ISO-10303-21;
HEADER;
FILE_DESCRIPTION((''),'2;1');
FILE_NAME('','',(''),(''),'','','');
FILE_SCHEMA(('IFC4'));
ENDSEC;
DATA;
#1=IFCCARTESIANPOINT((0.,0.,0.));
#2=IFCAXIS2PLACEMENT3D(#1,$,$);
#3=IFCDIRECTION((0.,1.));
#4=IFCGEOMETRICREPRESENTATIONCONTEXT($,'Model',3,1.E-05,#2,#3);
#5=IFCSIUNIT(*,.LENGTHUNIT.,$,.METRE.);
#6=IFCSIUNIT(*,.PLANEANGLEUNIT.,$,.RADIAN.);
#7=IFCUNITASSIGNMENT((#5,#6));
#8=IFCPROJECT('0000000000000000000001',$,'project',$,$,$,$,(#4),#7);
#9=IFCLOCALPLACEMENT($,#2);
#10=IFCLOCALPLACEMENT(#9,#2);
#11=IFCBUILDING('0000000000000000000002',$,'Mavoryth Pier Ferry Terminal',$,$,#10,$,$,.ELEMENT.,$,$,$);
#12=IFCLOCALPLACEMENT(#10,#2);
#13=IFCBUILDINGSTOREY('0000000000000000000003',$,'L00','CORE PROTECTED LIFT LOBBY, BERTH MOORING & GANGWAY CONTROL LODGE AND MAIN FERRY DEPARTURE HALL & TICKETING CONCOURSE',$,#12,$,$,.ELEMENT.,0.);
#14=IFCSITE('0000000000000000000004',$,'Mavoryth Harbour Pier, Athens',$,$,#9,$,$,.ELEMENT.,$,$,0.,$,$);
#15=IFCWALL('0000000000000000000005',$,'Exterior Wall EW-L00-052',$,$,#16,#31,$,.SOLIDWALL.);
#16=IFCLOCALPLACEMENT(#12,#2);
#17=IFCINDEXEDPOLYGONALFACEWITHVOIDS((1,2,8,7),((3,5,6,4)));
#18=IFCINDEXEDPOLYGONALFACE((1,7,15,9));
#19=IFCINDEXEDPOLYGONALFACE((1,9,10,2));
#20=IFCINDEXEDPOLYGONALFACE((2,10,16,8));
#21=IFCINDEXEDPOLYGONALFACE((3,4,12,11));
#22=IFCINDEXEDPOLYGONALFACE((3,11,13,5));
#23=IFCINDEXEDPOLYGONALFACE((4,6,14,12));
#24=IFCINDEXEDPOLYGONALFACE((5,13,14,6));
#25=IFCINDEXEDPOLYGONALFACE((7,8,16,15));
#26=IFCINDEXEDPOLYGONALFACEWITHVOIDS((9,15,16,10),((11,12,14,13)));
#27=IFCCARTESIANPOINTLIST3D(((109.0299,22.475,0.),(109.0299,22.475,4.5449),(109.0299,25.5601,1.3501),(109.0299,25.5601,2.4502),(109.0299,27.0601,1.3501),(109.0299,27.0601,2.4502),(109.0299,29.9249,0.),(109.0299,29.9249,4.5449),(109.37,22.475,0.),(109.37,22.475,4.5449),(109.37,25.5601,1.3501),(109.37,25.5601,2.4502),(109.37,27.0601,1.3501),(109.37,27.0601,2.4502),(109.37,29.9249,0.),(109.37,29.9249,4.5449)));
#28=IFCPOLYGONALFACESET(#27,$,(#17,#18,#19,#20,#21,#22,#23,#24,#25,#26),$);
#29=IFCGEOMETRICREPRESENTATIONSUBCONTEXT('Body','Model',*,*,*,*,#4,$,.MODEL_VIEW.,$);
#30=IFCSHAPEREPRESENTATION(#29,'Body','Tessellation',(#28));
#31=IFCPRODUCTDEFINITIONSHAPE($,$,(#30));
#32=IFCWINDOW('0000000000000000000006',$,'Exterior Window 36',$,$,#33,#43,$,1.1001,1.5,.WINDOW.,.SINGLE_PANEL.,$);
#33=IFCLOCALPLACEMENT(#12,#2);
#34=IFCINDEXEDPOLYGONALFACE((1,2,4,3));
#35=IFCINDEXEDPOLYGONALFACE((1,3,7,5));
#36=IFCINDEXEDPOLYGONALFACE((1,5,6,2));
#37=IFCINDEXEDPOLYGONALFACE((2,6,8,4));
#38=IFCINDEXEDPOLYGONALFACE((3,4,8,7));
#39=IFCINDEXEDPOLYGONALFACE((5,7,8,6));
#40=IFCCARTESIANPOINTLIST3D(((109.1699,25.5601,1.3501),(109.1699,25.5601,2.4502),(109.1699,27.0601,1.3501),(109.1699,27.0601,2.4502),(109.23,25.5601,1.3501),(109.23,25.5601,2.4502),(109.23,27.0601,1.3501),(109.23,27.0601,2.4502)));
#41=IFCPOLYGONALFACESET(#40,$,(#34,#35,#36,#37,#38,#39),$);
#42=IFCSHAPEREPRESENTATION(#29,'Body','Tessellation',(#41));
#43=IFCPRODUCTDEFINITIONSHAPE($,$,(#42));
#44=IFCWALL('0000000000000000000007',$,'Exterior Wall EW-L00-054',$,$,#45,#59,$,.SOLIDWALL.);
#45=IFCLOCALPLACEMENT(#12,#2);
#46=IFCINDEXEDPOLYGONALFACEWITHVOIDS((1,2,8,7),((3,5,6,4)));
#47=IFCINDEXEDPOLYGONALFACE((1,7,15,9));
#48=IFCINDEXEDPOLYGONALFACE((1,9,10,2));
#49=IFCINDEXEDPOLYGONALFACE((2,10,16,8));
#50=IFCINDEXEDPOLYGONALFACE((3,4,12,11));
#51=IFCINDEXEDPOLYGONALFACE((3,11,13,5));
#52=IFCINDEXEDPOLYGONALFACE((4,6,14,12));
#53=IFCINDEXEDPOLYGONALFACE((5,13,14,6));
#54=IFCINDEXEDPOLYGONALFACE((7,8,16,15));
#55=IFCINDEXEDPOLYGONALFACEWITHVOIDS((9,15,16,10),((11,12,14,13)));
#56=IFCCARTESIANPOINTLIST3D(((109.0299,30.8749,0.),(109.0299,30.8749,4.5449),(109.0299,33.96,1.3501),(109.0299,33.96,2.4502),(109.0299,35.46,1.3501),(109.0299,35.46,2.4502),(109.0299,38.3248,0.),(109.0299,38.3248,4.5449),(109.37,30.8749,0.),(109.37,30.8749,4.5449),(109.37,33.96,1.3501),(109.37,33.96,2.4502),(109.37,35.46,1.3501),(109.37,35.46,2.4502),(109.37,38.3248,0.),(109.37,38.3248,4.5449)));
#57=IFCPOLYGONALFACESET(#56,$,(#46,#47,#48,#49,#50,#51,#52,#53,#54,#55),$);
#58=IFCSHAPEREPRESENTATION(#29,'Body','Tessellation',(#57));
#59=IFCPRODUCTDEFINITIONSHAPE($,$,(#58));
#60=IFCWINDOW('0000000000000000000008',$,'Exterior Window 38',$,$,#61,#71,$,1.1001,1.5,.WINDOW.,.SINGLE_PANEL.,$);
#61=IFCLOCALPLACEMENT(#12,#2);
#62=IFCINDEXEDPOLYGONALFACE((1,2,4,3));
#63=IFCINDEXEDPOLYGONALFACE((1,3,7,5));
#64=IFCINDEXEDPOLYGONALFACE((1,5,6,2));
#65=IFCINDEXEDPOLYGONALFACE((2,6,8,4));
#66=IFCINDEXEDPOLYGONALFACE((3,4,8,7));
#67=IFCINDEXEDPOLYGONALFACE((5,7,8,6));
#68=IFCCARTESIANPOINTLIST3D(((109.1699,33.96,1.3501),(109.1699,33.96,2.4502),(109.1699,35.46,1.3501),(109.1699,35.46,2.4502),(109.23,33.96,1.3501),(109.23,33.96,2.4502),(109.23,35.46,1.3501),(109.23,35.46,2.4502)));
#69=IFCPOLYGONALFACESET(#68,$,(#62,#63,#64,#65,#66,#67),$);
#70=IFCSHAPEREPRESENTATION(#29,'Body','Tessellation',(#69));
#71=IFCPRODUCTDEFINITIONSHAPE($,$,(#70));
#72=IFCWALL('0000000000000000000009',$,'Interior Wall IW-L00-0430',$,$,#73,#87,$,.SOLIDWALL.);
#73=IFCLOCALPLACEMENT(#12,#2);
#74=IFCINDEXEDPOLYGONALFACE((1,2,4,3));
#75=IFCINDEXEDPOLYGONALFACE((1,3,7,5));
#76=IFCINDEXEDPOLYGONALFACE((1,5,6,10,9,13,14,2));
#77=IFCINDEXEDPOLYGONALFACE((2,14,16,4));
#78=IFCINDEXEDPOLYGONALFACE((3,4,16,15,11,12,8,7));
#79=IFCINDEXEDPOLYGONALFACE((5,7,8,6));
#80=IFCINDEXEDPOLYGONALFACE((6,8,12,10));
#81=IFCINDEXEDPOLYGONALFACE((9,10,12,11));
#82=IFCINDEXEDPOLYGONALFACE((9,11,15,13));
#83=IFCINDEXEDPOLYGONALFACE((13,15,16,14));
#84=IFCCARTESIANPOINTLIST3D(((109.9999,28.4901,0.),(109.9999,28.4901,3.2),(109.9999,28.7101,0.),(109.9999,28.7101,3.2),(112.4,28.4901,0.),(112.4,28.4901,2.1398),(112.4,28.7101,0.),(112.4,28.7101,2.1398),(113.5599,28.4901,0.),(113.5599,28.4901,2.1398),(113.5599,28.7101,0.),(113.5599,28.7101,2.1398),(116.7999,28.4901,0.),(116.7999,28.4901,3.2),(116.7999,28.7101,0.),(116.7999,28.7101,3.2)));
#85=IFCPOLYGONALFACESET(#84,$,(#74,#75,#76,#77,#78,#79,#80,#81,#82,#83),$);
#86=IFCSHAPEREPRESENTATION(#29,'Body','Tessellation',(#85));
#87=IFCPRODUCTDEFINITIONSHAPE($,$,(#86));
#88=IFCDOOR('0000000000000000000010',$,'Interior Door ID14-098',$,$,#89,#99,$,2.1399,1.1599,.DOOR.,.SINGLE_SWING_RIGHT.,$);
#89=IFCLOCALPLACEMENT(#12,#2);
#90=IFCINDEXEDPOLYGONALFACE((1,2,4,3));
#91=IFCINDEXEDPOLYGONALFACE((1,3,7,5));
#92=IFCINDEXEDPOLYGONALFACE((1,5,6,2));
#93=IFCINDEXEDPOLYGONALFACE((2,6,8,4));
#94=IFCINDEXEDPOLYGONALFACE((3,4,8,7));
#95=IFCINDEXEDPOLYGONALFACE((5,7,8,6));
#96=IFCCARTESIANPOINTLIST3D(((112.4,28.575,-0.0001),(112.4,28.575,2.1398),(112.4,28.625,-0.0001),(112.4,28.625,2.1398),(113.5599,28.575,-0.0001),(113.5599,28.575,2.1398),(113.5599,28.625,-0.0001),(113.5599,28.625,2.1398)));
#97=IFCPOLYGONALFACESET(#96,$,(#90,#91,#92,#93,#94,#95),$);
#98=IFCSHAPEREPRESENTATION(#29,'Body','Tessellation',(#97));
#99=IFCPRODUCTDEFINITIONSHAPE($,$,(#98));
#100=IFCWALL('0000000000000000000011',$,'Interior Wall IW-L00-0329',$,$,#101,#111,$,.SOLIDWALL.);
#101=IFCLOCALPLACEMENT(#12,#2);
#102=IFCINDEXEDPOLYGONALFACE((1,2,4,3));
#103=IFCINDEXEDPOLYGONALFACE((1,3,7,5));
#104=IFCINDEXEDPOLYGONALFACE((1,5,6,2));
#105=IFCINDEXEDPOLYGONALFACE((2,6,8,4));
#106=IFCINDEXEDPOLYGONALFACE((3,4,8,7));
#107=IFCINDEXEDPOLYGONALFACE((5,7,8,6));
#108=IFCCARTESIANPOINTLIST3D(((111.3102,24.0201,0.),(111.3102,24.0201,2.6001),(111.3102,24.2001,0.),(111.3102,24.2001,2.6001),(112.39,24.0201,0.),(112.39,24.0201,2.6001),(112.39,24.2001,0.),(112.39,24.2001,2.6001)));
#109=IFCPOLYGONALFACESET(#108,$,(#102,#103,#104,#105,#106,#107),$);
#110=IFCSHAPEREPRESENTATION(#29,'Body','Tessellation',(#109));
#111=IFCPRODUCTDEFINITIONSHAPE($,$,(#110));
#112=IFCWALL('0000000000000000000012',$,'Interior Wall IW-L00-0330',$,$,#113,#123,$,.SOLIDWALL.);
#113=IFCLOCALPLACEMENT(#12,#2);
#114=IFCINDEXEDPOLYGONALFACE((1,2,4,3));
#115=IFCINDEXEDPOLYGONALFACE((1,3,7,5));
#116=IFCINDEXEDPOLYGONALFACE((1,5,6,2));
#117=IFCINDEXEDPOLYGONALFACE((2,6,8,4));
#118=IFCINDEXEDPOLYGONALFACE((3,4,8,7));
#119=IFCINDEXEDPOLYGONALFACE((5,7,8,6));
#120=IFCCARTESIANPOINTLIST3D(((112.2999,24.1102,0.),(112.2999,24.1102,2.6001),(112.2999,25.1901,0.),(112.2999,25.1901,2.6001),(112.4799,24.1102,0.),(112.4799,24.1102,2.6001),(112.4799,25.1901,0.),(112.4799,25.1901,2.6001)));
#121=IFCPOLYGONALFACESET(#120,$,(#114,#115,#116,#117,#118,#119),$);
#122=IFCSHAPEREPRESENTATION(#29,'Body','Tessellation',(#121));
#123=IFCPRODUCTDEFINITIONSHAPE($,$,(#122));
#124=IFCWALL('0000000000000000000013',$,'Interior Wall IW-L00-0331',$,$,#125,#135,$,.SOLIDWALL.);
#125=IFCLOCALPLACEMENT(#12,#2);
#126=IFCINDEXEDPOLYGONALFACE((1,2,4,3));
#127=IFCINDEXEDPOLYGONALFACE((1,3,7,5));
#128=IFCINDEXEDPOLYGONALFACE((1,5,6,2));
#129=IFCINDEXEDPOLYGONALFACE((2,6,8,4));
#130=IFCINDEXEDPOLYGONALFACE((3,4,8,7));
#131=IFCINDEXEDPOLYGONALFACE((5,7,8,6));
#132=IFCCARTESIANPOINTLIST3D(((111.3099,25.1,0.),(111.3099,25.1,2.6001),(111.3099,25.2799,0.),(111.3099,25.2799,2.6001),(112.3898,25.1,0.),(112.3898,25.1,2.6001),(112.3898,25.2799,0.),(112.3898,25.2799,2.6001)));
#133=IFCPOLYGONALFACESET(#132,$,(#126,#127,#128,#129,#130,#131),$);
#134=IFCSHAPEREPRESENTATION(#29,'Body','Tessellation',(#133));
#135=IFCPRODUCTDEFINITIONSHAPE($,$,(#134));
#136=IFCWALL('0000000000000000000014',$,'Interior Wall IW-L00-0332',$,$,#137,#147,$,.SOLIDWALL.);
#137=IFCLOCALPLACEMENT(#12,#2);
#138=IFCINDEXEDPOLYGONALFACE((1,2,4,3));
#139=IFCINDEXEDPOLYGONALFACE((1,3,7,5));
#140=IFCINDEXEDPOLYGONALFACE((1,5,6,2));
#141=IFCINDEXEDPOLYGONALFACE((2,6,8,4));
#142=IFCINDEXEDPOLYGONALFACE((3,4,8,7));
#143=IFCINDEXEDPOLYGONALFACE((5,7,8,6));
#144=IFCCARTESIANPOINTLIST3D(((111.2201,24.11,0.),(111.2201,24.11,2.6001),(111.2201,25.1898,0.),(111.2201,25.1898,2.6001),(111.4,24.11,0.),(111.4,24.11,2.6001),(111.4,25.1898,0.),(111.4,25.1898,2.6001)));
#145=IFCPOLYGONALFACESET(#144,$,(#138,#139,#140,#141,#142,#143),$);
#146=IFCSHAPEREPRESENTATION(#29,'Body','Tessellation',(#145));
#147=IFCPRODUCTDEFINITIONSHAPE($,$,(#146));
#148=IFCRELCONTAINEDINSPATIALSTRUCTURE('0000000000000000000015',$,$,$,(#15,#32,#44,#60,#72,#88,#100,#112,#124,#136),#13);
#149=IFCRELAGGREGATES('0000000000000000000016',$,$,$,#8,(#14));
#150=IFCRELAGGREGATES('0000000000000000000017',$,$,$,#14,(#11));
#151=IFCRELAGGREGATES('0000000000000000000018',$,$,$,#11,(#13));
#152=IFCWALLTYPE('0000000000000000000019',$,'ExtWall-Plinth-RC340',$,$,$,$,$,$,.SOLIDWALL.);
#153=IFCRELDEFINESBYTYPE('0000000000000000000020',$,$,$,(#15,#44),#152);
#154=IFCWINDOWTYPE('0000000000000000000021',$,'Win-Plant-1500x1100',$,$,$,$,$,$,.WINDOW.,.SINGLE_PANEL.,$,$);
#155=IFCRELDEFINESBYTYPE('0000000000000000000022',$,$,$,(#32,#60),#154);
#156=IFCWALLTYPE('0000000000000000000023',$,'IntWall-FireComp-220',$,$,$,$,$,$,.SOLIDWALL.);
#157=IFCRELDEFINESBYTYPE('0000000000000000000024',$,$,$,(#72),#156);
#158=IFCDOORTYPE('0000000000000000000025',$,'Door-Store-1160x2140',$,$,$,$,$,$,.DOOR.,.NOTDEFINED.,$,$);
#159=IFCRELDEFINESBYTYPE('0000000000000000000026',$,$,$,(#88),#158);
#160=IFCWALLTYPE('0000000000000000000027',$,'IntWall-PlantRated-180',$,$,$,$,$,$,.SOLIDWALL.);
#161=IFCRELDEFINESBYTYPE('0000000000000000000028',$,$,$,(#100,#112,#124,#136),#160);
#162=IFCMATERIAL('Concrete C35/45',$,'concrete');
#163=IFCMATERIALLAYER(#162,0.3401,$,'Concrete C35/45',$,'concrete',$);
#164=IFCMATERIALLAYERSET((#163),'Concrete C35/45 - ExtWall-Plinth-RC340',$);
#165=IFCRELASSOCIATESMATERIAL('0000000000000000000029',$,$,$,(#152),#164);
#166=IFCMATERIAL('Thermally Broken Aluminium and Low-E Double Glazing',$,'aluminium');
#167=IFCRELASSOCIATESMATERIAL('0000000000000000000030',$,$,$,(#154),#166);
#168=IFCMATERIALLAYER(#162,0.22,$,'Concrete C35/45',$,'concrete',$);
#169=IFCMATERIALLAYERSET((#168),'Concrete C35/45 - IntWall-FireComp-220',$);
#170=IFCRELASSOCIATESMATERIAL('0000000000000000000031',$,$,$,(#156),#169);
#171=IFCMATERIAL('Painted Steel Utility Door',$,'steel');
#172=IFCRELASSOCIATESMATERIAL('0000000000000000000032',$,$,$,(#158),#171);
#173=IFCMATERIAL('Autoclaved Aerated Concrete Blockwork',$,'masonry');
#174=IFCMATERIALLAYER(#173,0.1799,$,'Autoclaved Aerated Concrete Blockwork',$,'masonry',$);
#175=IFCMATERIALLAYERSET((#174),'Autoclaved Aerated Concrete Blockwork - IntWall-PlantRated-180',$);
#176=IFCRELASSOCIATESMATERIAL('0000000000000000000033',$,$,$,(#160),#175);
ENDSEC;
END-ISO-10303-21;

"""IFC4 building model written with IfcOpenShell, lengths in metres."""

from ifc_helpers import new_model, si_unit, direction, frame, frame_2d, origin, place, context, subcontext, project, spatial, rectangle, extrude, material, layer, layer_set, type_object, element, fill, save


model = new_model("IFC4")

# Units and contexts
model_context = context("Model", 3, precision=1e-05, world=origin(), true_north=direction((0.0, 1.0)))
body_context = subcontext(model_context, "Body", "Model", "MODEL_VIEW")
ifc_project = project(units=[si_unit("LENGTHUNIT", "METRE"), si_unit("PLANEANGLEUNIT", "RADIAN")], contexts=[model_context])

# Site, building, storey
site_placement = place(None, origin())
site = spatial("IfcSite", under=ifc_project, at=site_placement, Name="Mavoryth Harbour Pier, Athens", CompositionType="ELEMENT", RefElevation=0.0)
building_placement = place(site_placement, origin())
building = spatial("IfcBuilding", under=site, at=building_placement, Name="Mavoryth Pier Ferry Terminal", CompositionType="ELEMENT")
storey_placement = place(building_placement, origin())
storey = spatial("IfcBuildingStorey", under=building, at=storey_placement, Name="L00", Description="CORE PROTECTED LIFT LOBBY, BERTH MOORING & GANGWAY CONTROL LODGE AND MAIN FERRY DEPARTURE HALL & TICKETING CONCOURSE", CompositionType="ELEMENT", Elevation=0.0)

# Shared definitions
ifc_material_1 = material(Name="Concrete C35/45", Category="concrete")

# Walls, openings, windows
ifc_layer_1 = layer(ifc_material_1, 0.3401, Name="Concrete C35/45", Category="concrete")
ifc_layer_set_1 = layer_set([ifc_layer_1], Name="Concrete C35/45 - ExtWall-Plinth-RC340")
wall_type_1 = type_object("IfcWallType", Name="ExtWall-Plinth-RC340", PredefinedType="SOLIDWALL", material=ifc_layer_set_1)
wall_1_placement = place(storey_placement, frame((109.2, 29.925, 0.0), z_axis=(0.0, 0.0, 1.0), x_axis=(0.0, -1.0, 0.0)))
wall_1 = element("IfcWall", 1, at=wall_1_placement, inside=storey, type_object=wall_type_1, Name="Exterior Wall EW-L00-052", PredefinedType="SOLIDWALL", context=body_context, shape_type="SweptSolid", body=[
    extrude(rectangle(XDim=7.45, YDim=0.3401, at=frame_2d((3.7251, 0.0))), origin(), (0.0, 0.0, 1.0), 4.5449),
])
opening_1_placement = place(wall_1_placement, frame((2.865, 0.0, 1.3501)))
opening_1 = element("IfcOpeningElement", 2, at=opening_1_placement, cuts=wall_1, PredefinedType="OPENING", context=body_context, shape_type="SweptSolid", body=[
    extrude(rectangle(XDim=1.5, YDim=1.1001, at=frame_2d((0.75, 0.55))), frame((0.0, 0.1799, 0.0), z_axis=(0.0, -1.0, 0.0), x_axis=(1.0, 0.0, 0.0)), (0.0, 0.0, 1.0), 0.3601),
])
ifc_material_2 = material(Name="Thermally Broken Aluminium and Low-E Double Glazing", Category="aluminium")
window_type = type_object("IfcWindowType", Name="Win-Plant-1500x1100", PartitioningType="SINGLE_PANEL", PredefinedType="WINDOW", material=ifc_material_2)
window_1_placement = place(opening_1_placement, origin())
window_1 = element("IfcWindow", 3, at=window_1_placement, inside=storey, type_object=window_type, Name="Exterior Window 36", OverallHeight=1.1001, OverallWidth=1.5, PartitioningType="SINGLE_PANEL", PredefinedType="WINDOW", context=body_context, shape_type="SweptSolid", body=[
    extrude(rectangle(XDim=1.5, YDim=1.1001, at=frame_2d((0.75, 0.55))), frame((0.0, 0.03, 0.0), z_axis=(0.0, -1.0, 0.0), x_axis=(1.0, 0.0, 0.0)), (0.0, 0.0, 1.0), 0.0601),
])
fill(opening_1, window_1)
wall_2_placement = place(storey_placement, frame((109.2, 38.325, 0.0), z_axis=(0.0, 0.0, 1.0), x_axis=(0.0, -1.0, 0.0)))
wall_2 = element("IfcWall", 4, at=wall_2_placement, inside=storey, type_object=wall_type_1, Name="Exterior Wall EW-L00-054", PredefinedType="SOLIDWALL", context=body_context, shape_type="SweptSolid", body=[
    extrude(rectangle(XDim=7.45, YDim=0.3401, at=frame_2d((3.7251, 0.0))), origin(), (0.0, 0.0, 1.0), 4.5449),
])
opening_2_placement = place(wall_2_placement, frame((2.865, 0.0, 1.3501)))
opening_2 = element("IfcOpeningElement", 5, at=opening_2_placement, cuts=wall_2, PredefinedType="OPENING", context=body_context, shape_type="SweptSolid", body=[
    extrude(rectangle(XDim=1.5, YDim=1.1001, at=frame_2d((0.75, 0.55))), frame((0.0, 0.1799, 0.0), z_axis=(0.0, -1.0, 0.0), x_axis=(1.0, 0.0, 0.0)), (0.0, 0.0, 1.0), 0.3601),
])
window_2_placement = place(opening_2_placement, origin())
window_2 = element("IfcWindow", 6, at=window_2_placement, inside=storey, type_object=window_type, Name="Exterior Window 38", OverallHeight=1.1001, OverallWidth=1.5, PartitioningType="SINGLE_PANEL", PredefinedType="WINDOW", context=body_context, shape_type="SweptSolid", body=[
    extrude(rectangle(XDim=1.5, YDim=1.1001, at=frame_2d((0.75, 0.55))), frame((0.0, 0.03, 0.0), z_axis=(0.0, -1.0, 0.0), x_axis=(1.0, 0.0, 0.0)), (0.0, 0.0, 1.0), 0.0601),
])
fill(opening_2, window_2)

# Wall, opening, door
ifc_layer_2 = layer(ifc_material_1, 0.22, Name="Concrete C35/45", Category="concrete")
ifc_layer_set_2 = layer_set([ifc_layer_2], Name="Concrete C35/45 - IntWall-FireComp-220")
wall_type_2 = type_object("IfcWallType", Name="IntWall-FireComp-220", PredefinedType="SOLIDWALL", material=ifc_layer_set_2)
wall_3_placement = place(storey_placement, frame((110.0, 28.6001, 0.0), z_axis=(0.0, 0.0, 1.0), x_axis=(1.0, 0.0, 0.0)))
wall_3 = element("IfcWall", 7, at=wall_3_placement, inside=storey, type_object=wall_type_2, Name="Interior Wall IW-L00-0430", PredefinedType="SOLIDWALL", context=body_context, shape_type="SweptSolid", body=[
    extrude(rectangle(XDim=6.8, YDim=0.22, at=frame_2d((3.3999, 0.0))), origin(), (0.0, 0.0, 1.0), 3.2),
])
opening_3_placement = place(wall_3_placement, frame((2.3999, 0.0, 0.0)))
opening_3 = element("IfcOpeningElement", 8, at=opening_3_placement, cuts=wall_3, PredefinedType="OPENING", context=body_context, shape_type="SweptSolid", body=[
    extrude(rectangle(XDim=1.1599, YDim=2.1399, at=frame_2d((0.5801, 1.0698))), frame((0.0, 0.1199, 0.0), z_axis=(0.0, -1.0, 0.0), x_axis=(1.0, 0.0, 0.0)), (0.0, 0.0, 1.0), 0.24),
])
ifc_material_3 = material(Name="Painted Steel Utility Door", Category="steel")
door_type = type_object("IfcDoorType", Name="Door-Store-1160x2140", OperationType="NOTDEFINED", PredefinedType="DOOR", material=ifc_material_3)
door_placement = place(opening_3_placement, origin())
door = element("IfcDoor", 9, at=door_placement, inside=storey, type_object=door_type, Name="Interior Door ID14-098", OperationType="SINGLE_SWING_RIGHT", OverallHeight=2.1399, OverallWidth=1.1599, PredefinedType="DOOR", context=body_context, shape_type="SweptSolid", body=[
    extrude(rectangle(XDim=1.1599, YDim=2.1399, at=frame_2d((0.5801, 1.0698))), frame((0.0, 0.0249, 0.0), z_axis=(0.0, -1.0, 0.0), x_axis=(1.0, 0.0, 0.0)), (0.0, 0.0, 1.0), 0.05),
])
fill(opening_3, door)

# Walls
ifc_material_4 = material(Name="Autoclaved Aerated Concrete Blockwork", Category="masonry")
ifc_layer_3 = layer(ifc_material_4, 0.1799, Name="Autoclaved Aerated Concrete Blockwork", Category="masonry")
ifc_layer_set_3 = layer_set([ifc_layer_3], Name="Autoclaved Aerated Concrete Blockwork - IntWall-PlantRated-180")
wall_type_3 = type_object("IfcWallType", Name="IntWall-PlantRated-180", PredefinedType="SOLIDWALL", material=ifc_layer_set_3)
for number, where, z_axis, x_axis, name in (
    (10, (111.3101, 24.1101, 0.0), (0.0, 0.0, 1.0), (1.0, 0.0, 0.0), "Interior Wall IW-L00-0329"),
    (11, (112.3899, 24.1101, 0.0), (0.0, 0.0, 1.0), (0.0, 1.0, 0.0), "Interior Wall IW-L00-0330"),
    (12, (112.3899, 25.1899, 0.0), (0.0, 0.0, 1.0), (-1.0, 0.0, 0.0), "Interior Wall IW-L00-0331"),
    (13, (111.3101, 25.1899, 0.0), (0.0, 0.0, 1.0), (0.0, -1.0, 0.0), "Interior Wall IW-L00-0332"),
):
    element("IfcWall", number, at=place(storey_placement, frame(where, z_axis=z_axis, x_axis=x_axis)), inside=storey, type_object=wall_type_3, Name=name, PredefinedType="SOLIDWALL", context=body_context, shape_type="SweptSolid", body=[
        extrude(rectangle(XDim=1.0798, YDim=0.1799, at=frame_2d((0.54, 0.0))), origin(), (0.0, 0.0, 1.0), 2.6001),
    ])

save(model, "model.ifc")
